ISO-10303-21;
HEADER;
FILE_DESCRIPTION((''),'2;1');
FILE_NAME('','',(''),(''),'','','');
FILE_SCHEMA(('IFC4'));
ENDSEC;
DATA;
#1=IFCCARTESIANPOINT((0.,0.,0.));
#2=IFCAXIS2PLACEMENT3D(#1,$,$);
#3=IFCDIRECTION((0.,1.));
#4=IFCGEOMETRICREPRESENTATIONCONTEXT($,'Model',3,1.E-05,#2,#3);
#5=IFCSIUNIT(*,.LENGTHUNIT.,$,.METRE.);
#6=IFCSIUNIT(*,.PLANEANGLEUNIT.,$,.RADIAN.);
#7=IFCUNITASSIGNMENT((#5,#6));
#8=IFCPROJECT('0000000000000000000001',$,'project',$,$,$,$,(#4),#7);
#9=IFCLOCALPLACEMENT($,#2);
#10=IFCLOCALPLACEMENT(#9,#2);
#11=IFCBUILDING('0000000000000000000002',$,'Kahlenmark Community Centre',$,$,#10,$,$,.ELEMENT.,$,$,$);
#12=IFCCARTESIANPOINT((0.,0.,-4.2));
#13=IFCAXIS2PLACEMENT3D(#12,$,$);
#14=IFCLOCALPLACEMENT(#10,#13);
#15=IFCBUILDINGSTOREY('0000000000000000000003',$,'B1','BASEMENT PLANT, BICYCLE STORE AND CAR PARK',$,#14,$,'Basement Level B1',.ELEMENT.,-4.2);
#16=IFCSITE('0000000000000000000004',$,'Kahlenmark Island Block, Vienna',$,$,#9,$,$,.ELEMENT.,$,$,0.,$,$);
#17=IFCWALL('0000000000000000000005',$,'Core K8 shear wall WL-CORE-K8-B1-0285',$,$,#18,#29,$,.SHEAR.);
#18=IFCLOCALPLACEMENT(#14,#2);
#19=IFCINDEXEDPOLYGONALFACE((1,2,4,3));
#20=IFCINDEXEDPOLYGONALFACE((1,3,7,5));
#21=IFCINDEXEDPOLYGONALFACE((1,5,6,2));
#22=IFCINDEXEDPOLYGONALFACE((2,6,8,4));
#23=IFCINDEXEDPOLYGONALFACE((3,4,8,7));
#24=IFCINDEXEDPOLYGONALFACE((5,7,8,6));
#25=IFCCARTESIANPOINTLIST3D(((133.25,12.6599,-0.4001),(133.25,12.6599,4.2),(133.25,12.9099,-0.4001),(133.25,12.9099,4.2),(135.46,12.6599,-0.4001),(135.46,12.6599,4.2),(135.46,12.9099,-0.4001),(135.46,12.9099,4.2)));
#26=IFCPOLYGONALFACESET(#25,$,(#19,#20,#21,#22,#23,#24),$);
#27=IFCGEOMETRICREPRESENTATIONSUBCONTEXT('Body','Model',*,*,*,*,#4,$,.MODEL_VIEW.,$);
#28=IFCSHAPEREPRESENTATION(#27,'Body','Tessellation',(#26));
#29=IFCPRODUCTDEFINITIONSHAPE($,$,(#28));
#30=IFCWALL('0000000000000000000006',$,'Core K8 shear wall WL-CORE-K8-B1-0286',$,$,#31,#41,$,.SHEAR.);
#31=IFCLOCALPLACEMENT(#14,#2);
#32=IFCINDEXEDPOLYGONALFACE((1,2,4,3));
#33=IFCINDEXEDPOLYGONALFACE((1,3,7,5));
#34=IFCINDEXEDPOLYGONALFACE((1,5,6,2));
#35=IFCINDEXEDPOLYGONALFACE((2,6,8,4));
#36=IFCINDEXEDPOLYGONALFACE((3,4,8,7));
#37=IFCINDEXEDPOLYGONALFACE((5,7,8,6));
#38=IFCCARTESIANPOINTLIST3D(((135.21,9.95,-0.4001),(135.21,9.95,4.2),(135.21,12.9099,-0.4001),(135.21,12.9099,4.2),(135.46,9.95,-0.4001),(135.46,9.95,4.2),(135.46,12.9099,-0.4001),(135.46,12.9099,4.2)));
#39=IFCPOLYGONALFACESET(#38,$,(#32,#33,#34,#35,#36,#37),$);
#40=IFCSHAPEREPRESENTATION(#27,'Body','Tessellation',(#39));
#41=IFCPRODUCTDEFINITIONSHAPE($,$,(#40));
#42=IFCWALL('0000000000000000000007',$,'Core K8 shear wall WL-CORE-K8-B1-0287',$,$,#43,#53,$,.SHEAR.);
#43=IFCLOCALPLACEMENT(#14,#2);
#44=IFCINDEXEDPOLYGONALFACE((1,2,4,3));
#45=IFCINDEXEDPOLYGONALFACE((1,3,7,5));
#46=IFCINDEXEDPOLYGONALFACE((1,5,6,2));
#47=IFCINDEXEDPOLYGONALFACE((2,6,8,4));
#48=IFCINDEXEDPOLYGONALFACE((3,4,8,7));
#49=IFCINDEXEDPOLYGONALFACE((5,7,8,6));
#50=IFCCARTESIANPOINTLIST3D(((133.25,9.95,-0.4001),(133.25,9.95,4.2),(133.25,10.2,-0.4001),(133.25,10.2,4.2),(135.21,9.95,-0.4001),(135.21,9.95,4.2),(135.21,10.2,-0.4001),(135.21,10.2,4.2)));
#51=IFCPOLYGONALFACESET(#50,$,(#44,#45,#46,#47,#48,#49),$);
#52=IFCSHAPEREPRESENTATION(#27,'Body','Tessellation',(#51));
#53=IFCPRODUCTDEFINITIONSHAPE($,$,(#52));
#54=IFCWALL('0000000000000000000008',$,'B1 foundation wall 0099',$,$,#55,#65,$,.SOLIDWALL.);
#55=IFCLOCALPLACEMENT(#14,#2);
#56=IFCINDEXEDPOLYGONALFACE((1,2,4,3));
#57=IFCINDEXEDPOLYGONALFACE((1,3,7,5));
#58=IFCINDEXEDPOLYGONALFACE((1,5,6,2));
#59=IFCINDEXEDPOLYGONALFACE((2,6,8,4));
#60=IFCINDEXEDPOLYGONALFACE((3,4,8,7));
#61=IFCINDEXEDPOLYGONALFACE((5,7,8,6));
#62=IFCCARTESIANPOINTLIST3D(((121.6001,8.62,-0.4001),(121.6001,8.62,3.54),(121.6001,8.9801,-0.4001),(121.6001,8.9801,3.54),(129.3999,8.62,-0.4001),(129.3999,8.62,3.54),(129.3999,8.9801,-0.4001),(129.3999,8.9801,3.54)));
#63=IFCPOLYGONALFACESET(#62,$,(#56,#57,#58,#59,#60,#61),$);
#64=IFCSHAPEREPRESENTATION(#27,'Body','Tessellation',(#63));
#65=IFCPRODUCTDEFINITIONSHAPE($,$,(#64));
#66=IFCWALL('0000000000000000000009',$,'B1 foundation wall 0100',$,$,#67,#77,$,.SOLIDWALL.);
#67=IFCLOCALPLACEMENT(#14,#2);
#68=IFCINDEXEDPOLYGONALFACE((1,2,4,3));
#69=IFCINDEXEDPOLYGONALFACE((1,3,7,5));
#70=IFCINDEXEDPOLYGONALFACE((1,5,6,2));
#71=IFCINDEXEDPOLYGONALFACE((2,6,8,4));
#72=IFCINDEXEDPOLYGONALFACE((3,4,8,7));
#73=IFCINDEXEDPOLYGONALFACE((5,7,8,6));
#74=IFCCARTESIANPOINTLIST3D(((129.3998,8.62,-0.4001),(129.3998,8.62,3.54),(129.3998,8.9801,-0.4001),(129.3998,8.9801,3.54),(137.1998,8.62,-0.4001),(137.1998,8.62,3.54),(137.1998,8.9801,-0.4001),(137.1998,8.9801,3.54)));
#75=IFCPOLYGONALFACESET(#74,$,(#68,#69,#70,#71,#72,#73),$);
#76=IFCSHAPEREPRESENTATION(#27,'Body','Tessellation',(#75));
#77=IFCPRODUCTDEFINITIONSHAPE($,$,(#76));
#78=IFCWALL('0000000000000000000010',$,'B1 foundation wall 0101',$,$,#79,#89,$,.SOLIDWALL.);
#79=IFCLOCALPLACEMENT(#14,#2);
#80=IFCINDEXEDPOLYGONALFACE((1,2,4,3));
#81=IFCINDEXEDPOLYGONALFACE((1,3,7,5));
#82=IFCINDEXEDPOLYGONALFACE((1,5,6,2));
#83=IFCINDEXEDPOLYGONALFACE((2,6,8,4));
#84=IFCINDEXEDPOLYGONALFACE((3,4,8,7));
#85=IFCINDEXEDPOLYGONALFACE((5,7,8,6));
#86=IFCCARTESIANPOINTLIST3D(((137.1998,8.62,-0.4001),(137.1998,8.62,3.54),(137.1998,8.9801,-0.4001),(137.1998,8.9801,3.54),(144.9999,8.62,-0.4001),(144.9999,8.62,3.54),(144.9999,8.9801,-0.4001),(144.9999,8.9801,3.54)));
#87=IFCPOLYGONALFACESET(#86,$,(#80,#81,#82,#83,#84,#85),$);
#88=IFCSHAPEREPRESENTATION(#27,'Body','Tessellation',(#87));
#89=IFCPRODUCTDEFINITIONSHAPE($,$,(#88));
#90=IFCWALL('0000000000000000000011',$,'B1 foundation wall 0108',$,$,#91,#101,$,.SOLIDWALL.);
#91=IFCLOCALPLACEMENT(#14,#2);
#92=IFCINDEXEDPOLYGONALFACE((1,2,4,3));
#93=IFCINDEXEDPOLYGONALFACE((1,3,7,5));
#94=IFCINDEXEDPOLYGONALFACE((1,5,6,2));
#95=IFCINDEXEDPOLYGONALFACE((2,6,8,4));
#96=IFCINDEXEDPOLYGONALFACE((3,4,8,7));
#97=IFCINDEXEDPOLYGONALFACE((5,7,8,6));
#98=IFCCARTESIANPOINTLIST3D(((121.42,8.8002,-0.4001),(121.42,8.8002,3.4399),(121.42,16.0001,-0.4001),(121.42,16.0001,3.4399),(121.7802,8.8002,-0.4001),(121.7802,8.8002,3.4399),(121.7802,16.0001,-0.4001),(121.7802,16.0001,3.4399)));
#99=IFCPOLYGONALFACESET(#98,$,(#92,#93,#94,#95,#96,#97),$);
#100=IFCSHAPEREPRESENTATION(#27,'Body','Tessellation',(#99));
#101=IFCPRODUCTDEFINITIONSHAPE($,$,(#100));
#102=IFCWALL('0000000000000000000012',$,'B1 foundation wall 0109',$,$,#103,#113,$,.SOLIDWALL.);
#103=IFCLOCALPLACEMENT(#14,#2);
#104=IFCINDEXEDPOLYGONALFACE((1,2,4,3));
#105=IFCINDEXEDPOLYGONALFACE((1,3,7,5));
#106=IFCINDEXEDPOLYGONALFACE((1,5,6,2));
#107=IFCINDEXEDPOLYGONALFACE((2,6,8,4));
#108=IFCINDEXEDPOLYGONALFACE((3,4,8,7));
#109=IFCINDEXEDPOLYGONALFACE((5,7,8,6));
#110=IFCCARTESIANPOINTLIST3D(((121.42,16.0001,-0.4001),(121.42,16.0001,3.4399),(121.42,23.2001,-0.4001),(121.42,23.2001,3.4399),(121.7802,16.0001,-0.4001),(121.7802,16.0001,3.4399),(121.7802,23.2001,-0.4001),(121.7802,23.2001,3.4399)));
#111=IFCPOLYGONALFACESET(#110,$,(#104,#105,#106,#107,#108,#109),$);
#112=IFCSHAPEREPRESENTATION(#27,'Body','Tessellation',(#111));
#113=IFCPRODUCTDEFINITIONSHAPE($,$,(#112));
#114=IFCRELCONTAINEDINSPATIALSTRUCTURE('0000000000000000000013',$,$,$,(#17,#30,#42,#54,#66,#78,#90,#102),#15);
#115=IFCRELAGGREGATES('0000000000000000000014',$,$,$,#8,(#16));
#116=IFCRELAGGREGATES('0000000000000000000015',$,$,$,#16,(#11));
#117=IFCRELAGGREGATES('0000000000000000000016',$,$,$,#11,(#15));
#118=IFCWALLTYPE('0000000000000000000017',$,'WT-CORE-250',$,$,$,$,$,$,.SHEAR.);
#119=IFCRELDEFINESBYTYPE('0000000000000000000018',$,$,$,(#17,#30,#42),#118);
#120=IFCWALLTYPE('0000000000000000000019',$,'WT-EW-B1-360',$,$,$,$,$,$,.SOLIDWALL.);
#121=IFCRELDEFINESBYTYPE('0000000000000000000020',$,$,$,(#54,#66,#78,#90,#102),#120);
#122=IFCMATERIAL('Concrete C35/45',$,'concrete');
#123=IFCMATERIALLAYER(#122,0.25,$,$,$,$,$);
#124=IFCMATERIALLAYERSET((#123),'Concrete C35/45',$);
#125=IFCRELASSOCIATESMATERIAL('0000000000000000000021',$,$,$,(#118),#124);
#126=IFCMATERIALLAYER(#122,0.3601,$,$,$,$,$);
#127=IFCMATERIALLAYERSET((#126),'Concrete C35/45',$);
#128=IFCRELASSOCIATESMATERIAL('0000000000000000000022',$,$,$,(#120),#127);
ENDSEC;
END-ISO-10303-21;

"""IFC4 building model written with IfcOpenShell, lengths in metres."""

from ifc_helpers import new_model, si_unit, direction, frame, frame_2d, origin, place, context, subcontext, project, spatial, rectangle, extrude, material, layer, layer_set, type_object, element, save


model = new_model("IFC4")

# Units and contexts
model_context = context("Model", 3, precision=1e-05, world=origin(), true_north=direction((0.0, 1.0)))
body_context = subcontext(model_context, "Body", "Model", "MODEL_VIEW")
ifc_project = project(units=[si_unit("LENGTHUNIT", "METRE"), si_unit("PLANEANGLEUNIT", "RADIAN")], contexts=[model_context])

# Site, building, storey
site_placement = place(None, origin())
site = spatial("IfcSite", under=ifc_project, at=site_placement, Name="Kahlenmark Island Block, Vienna", CompositionType="ELEMENT", RefElevation=0.0)
building_placement = place(site_placement, origin())
building = spatial("IfcBuilding", under=site, at=building_placement, Name="Kahlenmark Community Centre", CompositionType="ELEMENT")
storey_placement = place(building_placement, frame((0.0, 0.0, -4.2)))
storey = spatial("IfcBuildingStorey", under=building, at=storey_placement, Name="B1", Description="BASEMENT PLANT, BICYCLE STORE AND CAR PARK", LongName="Basement Level B1", CompositionType="ELEMENT", Elevation=-4.2)

# Shared definitions
ifc_material_1 = material(Name="Concrete C35/45", Category="concrete")

# Walls
ifc_layer_1 = layer(ifc_material_1, 0.25)
ifc_layer_set_1 = layer_set([ifc_layer_1], Name="Concrete C35/45")
wall_type_1 = type_object("IfcWallType", Name="WT-CORE-250", PredefinedType="SHEAR", material=ifc_layer_set_1)
wall_1_placement = place(storey_placement, frame((133.25, 12.7849, -0.4001), z_axis=(0.0, 0.0, 1.0), x_axis=(1.0, 0.0, 0.0)))
element("IfcWall", 1, at=wall_1_placement, inside=storey, type_object=wall_type_1, Name="Core K8 shear wall WL-CORE-K8-B1-0285", PredefinedType="SHEAR", context=body_context, shape_type="SweptSolid", body=[
    extrude(rectangle(XDim=2.21, YDim=0.25, at=frame_2d((1.105, 0.0))), origin(), (0.0, 0.0, 1.0), 4.6001),
])
wall_2_placement = place(storey_placement, frame((135.335, 9.95, -0.4001), z_axis=(0.0, 0.0, 1.0), x_axis=(0.0, 1.0, 0.0)))
element("IfcWall", 2, at=wall_2_placement, inside=storey, type_object=wall_type_1, Name="Core K8 shear wall WL-CORE-K8-B1-0286", PredefinedType="SHEAR", context=body_context, shape_type="SweptSolid", body=[
    extrude(rectangle(XDim=2.96, YDim=0.25, at=frame_2d((1.48, 0.0))), origin(), (0.0, 0.0, 1.0), 4.6001),
])
wall_3_placement = place(storey_placement, frame((133.25, 10.075, -0.4001), z_axis=(0.0, 0.0, 1.0), x_axis=(1.0, 0.0, 0.0)))
element("IfcWall", 3, at=wall_3_placement, inside=storey, type_object=wall_type_1, Name="Core K8 shear wall WL-CORE-K8-B1-0287", PredefinedType="SHEAR", context=body_context, shape_type="SweptSolid", body=[
    extrude(rectangle(XDim=1.96, YDim=0.25, at=frame_2d((0.98, 0.0))), origin(), (0.0, 0.0, 1.0), 4.6001),
])
ifc_layer_2 = layer(ifc_material_1, 0.3601)
ifc_layer_set_2 = layer_set([ifc_layer_2], Name="Concrete C35/45")
wall_type_2 = type_object("IfcWallType", Name="WT-EW-B1-360", PredefinedType="SOLIDWALL", material=ifc_layer_set_2)
wall_4_placement = place(storey_placement, frame((121.6001, 8.8, -0.4001), z_axis=(0.0, 0.0, 1.0), x_axis=(1.0, 0.0, 0.0)))
element("IfcWall", 4, at=wall_4_placement, inside=storey, type_object=wall_type_2, Name="B1 foundation wall 0099", PredefinedType="SOLIDWALL", context=body_context, shape_type="SweptSolid", body=[
    extrude(rectangle(XDim=7.7998, YDim=0.3601, at=frame_2d((3.8999, 0.0))), origin(), (0.0, 0.0, 1.0), 3.9402),
])
for number, where, z_axis, x_axis, name in (
    (5, (129.3999, 8.8, -0.4001), (0.0, 0.0, 1.0), (1.0, 0.0, 0.0), "B1 foundation wall 0100"),
    (6, (137.2, 8.8, -0.4001), (0.0, 0.0, 1.0), (1.0, 0.0, 0.0), "B1 foundation wall 0101"),
):
    element("IfcWall", number, at=place(storey_placement, frame(where, z_axis=z_axis, x_axis=x_axis)), inside=storey, type_object=wall_type_2, Name=name, PredefinedType="SOLIDWALL", context=body_context, shape_type="SweptSolid", body=[
        extrude(rectangle(XDim=7.8, YDim=0.3601, at=frame_2d((3.8999, 0.0))), origin(), (0.0, 0.0, 1.0), 3.9402),
    ])
for number, where, z_axis, x_axis, name in (
    (7, (121.6001, 8.8, -0.4001), (0.0, 0.0, 1.0), (0.0, 1.0, 0.0), "B1 foundation wall 0108"),
    (8, (121.6001, 16.0, -0.4001), (0.0, 0.0, 1.0), (0.0, 1.0, 0.0), "B1 foundation wall 0109"),
):
    element("IfcWall", number, at=place(storey_placement, frame(where, z_axis=z_axis, x_axis=x_axis)), inside=storey, type_object=wall_type_2, Name=name, PredefinedType="SOLIDWALL", context=body_context, shape_type="SweptSolid", body=[
        extrude(rectangle(XDim=7.2, YDim=0.3601, at=frame_2d((3.6001, 0.0))), origin(), (0.0, 0.0, 1.0), 3.8401),
    ])

save(model, "model.ifc")
